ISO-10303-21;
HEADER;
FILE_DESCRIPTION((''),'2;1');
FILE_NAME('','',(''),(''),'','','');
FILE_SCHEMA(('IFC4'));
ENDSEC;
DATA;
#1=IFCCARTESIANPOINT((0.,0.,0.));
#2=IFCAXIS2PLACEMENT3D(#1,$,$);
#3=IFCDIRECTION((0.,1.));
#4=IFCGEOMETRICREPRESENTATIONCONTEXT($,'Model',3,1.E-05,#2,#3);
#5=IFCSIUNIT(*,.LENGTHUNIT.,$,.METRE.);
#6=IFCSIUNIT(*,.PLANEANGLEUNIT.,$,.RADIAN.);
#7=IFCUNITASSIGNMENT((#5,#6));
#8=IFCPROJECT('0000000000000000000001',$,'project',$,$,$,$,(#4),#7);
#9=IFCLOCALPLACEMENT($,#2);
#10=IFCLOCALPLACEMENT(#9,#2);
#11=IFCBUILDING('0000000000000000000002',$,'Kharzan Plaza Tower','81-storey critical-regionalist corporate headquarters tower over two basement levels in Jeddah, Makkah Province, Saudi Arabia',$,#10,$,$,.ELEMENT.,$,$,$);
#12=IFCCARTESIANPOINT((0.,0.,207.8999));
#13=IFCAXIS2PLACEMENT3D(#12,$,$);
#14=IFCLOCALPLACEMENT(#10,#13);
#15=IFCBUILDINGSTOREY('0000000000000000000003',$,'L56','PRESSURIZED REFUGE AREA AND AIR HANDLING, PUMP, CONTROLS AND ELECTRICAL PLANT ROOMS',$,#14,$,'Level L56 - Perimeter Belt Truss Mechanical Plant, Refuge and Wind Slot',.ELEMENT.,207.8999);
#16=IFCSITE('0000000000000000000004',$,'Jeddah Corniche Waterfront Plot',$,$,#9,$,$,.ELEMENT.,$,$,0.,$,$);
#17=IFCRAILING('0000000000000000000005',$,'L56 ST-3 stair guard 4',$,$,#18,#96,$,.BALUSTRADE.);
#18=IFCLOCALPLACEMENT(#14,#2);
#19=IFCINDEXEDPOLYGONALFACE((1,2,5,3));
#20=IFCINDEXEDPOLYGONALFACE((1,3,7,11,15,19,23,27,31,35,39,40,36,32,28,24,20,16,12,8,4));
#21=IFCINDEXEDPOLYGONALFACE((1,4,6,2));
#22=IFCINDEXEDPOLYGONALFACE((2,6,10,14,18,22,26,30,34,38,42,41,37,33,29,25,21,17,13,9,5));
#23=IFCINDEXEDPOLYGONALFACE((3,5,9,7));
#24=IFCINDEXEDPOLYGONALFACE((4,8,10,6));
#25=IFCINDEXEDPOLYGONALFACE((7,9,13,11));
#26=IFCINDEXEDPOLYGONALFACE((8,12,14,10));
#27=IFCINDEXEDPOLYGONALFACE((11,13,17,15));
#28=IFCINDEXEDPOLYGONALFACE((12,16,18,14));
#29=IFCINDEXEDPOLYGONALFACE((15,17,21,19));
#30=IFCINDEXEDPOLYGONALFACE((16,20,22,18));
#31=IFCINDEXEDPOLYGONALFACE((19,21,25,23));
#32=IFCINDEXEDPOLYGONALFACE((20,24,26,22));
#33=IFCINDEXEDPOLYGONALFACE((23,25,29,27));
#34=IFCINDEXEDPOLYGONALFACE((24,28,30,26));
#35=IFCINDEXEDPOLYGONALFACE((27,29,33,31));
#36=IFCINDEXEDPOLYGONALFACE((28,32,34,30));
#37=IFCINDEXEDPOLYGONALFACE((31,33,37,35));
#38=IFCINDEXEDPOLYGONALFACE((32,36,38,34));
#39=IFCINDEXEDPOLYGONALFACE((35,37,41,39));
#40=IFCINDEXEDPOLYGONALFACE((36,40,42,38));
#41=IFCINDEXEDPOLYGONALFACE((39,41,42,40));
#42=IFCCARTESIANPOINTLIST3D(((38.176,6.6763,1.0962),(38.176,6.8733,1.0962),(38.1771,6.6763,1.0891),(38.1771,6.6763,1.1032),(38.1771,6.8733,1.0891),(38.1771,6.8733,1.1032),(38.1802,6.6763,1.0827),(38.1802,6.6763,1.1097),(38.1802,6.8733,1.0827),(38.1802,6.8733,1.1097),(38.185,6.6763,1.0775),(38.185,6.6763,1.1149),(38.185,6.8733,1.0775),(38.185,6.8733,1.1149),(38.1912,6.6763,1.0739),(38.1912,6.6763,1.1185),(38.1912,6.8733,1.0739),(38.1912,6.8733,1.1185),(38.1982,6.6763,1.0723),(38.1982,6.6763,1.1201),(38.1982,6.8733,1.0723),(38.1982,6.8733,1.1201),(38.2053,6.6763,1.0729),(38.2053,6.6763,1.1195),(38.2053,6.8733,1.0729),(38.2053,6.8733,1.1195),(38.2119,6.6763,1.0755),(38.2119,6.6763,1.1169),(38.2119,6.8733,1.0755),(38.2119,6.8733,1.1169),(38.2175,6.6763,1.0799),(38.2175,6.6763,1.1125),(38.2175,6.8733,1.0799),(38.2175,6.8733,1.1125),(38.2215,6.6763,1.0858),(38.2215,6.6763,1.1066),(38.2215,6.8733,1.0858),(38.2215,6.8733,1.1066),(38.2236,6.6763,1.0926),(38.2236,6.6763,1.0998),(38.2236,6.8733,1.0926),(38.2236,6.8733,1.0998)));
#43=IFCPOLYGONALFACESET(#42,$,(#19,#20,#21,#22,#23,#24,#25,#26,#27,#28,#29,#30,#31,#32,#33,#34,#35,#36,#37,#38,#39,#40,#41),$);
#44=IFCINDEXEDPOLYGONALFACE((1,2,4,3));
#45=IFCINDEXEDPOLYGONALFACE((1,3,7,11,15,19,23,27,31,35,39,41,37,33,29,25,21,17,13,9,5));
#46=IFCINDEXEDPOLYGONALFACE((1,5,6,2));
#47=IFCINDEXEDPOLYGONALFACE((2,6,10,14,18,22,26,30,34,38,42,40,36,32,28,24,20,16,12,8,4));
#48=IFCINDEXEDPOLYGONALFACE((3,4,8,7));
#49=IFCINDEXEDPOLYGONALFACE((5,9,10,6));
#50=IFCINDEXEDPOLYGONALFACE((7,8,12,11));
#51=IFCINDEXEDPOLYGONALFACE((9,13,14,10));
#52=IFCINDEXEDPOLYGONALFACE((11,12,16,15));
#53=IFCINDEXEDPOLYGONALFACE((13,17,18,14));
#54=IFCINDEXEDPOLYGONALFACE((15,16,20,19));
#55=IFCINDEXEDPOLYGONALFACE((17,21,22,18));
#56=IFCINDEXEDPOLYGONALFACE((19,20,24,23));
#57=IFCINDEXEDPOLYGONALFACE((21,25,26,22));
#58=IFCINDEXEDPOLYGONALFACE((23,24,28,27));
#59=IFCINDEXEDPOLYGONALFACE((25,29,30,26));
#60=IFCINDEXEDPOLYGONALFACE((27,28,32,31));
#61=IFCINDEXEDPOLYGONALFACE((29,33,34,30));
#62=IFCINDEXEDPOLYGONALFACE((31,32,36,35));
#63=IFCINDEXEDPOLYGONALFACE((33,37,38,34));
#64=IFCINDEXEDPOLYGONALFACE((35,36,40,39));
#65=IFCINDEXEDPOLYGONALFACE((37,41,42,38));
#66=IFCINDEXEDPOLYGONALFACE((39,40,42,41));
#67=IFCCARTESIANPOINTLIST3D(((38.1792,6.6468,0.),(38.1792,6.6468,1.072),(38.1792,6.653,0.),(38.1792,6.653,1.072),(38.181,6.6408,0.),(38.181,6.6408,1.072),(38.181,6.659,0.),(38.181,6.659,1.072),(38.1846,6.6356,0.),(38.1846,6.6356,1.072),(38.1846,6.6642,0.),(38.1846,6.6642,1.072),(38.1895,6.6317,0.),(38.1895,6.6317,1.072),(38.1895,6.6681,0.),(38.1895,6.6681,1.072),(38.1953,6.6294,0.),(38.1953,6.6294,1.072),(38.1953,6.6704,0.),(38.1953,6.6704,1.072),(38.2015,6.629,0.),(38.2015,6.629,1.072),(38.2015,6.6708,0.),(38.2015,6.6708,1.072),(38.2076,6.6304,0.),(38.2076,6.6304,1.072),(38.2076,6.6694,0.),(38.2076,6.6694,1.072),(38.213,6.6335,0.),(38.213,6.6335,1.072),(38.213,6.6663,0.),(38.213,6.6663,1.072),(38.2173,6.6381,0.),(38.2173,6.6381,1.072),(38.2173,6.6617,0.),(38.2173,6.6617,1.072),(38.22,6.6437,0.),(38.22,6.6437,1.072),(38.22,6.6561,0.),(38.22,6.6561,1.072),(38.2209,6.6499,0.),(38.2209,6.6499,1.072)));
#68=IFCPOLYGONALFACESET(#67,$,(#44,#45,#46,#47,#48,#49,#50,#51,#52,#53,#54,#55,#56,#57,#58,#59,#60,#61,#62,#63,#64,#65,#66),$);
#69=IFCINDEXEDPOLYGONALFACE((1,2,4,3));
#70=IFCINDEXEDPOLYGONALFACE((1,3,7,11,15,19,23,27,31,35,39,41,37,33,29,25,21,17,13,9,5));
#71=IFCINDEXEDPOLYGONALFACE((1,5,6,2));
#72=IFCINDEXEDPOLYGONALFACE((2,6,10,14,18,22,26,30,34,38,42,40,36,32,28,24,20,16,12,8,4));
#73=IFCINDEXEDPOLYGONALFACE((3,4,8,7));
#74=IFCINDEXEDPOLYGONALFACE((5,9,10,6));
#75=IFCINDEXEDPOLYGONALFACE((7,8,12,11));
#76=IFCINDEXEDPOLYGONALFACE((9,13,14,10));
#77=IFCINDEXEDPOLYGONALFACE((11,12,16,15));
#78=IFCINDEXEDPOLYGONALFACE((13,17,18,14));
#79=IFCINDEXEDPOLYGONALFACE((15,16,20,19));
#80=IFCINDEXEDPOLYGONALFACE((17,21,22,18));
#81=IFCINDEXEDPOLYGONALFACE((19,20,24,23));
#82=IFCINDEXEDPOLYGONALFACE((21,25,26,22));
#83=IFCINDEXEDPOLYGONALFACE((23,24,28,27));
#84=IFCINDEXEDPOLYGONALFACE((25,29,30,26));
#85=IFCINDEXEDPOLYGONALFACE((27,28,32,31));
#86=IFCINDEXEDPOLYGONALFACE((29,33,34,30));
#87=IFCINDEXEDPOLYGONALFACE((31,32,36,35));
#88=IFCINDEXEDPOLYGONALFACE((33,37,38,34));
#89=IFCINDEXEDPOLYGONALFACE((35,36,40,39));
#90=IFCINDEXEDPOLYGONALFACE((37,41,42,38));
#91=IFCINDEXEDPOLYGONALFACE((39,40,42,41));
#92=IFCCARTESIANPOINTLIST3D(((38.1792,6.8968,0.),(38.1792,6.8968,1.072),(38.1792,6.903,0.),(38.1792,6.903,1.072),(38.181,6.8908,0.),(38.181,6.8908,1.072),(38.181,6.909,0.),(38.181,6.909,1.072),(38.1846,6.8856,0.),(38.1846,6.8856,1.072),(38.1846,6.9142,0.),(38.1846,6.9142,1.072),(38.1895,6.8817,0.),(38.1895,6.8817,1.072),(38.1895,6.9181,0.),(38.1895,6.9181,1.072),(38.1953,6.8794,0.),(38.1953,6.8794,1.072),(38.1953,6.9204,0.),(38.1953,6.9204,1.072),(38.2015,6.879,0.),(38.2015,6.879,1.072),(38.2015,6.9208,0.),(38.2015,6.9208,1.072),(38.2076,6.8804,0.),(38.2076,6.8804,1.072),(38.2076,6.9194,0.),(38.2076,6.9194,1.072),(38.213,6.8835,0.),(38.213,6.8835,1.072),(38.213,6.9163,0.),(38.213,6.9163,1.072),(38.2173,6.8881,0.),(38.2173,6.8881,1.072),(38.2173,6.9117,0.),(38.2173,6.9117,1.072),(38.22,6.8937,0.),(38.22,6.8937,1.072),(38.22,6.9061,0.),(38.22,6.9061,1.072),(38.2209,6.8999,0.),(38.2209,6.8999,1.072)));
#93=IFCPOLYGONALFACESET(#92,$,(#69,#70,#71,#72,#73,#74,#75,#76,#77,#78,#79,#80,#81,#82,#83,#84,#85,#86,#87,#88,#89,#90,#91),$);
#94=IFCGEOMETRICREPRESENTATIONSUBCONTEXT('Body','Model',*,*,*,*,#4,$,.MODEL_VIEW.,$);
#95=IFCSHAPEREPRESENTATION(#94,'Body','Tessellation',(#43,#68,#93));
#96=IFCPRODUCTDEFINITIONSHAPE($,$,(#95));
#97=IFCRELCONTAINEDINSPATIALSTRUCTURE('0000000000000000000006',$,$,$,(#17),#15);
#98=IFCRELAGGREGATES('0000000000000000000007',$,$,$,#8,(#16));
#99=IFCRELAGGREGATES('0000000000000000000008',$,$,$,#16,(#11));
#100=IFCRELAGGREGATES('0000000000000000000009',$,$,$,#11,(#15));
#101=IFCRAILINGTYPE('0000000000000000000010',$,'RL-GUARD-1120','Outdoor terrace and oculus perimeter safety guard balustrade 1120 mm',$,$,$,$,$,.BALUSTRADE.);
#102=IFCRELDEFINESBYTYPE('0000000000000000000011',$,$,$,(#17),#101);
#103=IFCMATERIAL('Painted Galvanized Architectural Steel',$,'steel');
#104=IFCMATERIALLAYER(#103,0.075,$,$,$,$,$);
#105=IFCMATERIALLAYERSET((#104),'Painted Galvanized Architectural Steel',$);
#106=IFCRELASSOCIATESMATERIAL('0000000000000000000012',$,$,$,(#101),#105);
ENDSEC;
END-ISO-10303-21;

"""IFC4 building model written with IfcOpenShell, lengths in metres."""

from ifc_helpers import new_model, si_unit, direction, frame, origin, origin_2d, place, context, subcontext, project, spatial, circle, extrude, source, transform, mapped, material, layer, layer_set, type_object, element, save


model = new_model("IFC4")

# Units and contexts
model_context = context("Model", 3, precision=1e-05, world=origin(), true_north=direction((0.0, 1.0)))
body_context = subcontext(model_context, "Body", "Model", "MODEL_VIEW")
ifc_project = project(units=[si_unit("LENGTHUNIT", "METRE"), si_unit("PLANEANGLEUNIT", "RADIAN")], contexts=[model_context])

# Site, building, storey
site_placement = place(None, origin())
site = spatial("IfcSite", under=ifc_project, at=site_placement, Name="Jeddah Corniche Waterfront Plot", CompositionType="ELEMENT", RefElevation=0.0)
building_placement = place(site_placement, origin())
building = spatial("IfcBuilding", under=site, at=building_placement, Name="Kharzan Plaza Tower", Description="81-storey critical-regionalist corporate headquarters tower over two basement levels in Jeddah, Makkah Province, Saudi Arabia", CompositionType="ELEMENT")
storey_placement = place(building_placement, frame((0.0, 0.0, 207.8999)))
storey = spatial("IfcBuildingStorey", under=building, at=storey_placement, Name="L56", Description="PRESSURIZED REFUGE AREA AND AIR HANDLING, PUMP, CONTROLS AND ELECTRICAL PLANT ROOMS", LongName="Level L56 - Perimeter Belt Truss Mechanical Plant, Refuge and Wind Slot", CompositionType="ELEMENT", Elevation=207.8999)

# Railing
ifc_material_1 = material(Name="Painted Galvanized Architectural Steel", Category="steel")
ifc_layer_1 = layer(ifc_material_1, 0.075)
ifc_layer_set_1 = layer_set([ifc_layer_1], Name="Painted Galvanized Architectural Steel")
railing_type_1 = type_object("IfcRailingType", Name="RL-GUARD-1120", Description="Outdoor terrace and oculus perimeter safety guard balustrade 1120 mm", PredefinedType="BALUSTRADE", material=ifc_layer_set_1)
shared_shape_1 = source(origin(), body_context, "Body", "SweptSolid", [
    extrude(circle(Radius=0.0239, at=origin_2d()), frame((0.0, 0.0264, 1.0962), z_axis=(0.0, 1.0, 0.0), x_axis=(-1.0, 0.0, 0.0)), (0.0, 0.0, 1.0), 0.197),
    extrude(circle(Radius=0.021, at=origin_2d()), origin(), (0.0, 0.0, 1.0), 1.072),
    extrude(circle(Radius=0.021, at=origin_2d()), frame((0.0, 0.25, 0.0)), (0.0, 0.0, 1.0), 1.072),
])
railing_1_placement = place(storey_placement, frame((38.2, 6.6499, 0.0)))
element("IfcRailing", 1, at=railing_1_placement, inside=storey, type_object=railing_type_1, Name="L56 ST-3 stair guard 4", PredefinedType="BALUSTRADE", context=body_context, shape_type="MappedRepresentation", body=[
    mapped(shared_shape_1, transform((0.0, 0.0, 0.0), x_axis=(1.0, 0.0, 0.0), y_axis=(0.0, 1.0, 0.0), z_axis=(0.0, 0.0, 1.0))),
])

save(model, "model.ifc")
